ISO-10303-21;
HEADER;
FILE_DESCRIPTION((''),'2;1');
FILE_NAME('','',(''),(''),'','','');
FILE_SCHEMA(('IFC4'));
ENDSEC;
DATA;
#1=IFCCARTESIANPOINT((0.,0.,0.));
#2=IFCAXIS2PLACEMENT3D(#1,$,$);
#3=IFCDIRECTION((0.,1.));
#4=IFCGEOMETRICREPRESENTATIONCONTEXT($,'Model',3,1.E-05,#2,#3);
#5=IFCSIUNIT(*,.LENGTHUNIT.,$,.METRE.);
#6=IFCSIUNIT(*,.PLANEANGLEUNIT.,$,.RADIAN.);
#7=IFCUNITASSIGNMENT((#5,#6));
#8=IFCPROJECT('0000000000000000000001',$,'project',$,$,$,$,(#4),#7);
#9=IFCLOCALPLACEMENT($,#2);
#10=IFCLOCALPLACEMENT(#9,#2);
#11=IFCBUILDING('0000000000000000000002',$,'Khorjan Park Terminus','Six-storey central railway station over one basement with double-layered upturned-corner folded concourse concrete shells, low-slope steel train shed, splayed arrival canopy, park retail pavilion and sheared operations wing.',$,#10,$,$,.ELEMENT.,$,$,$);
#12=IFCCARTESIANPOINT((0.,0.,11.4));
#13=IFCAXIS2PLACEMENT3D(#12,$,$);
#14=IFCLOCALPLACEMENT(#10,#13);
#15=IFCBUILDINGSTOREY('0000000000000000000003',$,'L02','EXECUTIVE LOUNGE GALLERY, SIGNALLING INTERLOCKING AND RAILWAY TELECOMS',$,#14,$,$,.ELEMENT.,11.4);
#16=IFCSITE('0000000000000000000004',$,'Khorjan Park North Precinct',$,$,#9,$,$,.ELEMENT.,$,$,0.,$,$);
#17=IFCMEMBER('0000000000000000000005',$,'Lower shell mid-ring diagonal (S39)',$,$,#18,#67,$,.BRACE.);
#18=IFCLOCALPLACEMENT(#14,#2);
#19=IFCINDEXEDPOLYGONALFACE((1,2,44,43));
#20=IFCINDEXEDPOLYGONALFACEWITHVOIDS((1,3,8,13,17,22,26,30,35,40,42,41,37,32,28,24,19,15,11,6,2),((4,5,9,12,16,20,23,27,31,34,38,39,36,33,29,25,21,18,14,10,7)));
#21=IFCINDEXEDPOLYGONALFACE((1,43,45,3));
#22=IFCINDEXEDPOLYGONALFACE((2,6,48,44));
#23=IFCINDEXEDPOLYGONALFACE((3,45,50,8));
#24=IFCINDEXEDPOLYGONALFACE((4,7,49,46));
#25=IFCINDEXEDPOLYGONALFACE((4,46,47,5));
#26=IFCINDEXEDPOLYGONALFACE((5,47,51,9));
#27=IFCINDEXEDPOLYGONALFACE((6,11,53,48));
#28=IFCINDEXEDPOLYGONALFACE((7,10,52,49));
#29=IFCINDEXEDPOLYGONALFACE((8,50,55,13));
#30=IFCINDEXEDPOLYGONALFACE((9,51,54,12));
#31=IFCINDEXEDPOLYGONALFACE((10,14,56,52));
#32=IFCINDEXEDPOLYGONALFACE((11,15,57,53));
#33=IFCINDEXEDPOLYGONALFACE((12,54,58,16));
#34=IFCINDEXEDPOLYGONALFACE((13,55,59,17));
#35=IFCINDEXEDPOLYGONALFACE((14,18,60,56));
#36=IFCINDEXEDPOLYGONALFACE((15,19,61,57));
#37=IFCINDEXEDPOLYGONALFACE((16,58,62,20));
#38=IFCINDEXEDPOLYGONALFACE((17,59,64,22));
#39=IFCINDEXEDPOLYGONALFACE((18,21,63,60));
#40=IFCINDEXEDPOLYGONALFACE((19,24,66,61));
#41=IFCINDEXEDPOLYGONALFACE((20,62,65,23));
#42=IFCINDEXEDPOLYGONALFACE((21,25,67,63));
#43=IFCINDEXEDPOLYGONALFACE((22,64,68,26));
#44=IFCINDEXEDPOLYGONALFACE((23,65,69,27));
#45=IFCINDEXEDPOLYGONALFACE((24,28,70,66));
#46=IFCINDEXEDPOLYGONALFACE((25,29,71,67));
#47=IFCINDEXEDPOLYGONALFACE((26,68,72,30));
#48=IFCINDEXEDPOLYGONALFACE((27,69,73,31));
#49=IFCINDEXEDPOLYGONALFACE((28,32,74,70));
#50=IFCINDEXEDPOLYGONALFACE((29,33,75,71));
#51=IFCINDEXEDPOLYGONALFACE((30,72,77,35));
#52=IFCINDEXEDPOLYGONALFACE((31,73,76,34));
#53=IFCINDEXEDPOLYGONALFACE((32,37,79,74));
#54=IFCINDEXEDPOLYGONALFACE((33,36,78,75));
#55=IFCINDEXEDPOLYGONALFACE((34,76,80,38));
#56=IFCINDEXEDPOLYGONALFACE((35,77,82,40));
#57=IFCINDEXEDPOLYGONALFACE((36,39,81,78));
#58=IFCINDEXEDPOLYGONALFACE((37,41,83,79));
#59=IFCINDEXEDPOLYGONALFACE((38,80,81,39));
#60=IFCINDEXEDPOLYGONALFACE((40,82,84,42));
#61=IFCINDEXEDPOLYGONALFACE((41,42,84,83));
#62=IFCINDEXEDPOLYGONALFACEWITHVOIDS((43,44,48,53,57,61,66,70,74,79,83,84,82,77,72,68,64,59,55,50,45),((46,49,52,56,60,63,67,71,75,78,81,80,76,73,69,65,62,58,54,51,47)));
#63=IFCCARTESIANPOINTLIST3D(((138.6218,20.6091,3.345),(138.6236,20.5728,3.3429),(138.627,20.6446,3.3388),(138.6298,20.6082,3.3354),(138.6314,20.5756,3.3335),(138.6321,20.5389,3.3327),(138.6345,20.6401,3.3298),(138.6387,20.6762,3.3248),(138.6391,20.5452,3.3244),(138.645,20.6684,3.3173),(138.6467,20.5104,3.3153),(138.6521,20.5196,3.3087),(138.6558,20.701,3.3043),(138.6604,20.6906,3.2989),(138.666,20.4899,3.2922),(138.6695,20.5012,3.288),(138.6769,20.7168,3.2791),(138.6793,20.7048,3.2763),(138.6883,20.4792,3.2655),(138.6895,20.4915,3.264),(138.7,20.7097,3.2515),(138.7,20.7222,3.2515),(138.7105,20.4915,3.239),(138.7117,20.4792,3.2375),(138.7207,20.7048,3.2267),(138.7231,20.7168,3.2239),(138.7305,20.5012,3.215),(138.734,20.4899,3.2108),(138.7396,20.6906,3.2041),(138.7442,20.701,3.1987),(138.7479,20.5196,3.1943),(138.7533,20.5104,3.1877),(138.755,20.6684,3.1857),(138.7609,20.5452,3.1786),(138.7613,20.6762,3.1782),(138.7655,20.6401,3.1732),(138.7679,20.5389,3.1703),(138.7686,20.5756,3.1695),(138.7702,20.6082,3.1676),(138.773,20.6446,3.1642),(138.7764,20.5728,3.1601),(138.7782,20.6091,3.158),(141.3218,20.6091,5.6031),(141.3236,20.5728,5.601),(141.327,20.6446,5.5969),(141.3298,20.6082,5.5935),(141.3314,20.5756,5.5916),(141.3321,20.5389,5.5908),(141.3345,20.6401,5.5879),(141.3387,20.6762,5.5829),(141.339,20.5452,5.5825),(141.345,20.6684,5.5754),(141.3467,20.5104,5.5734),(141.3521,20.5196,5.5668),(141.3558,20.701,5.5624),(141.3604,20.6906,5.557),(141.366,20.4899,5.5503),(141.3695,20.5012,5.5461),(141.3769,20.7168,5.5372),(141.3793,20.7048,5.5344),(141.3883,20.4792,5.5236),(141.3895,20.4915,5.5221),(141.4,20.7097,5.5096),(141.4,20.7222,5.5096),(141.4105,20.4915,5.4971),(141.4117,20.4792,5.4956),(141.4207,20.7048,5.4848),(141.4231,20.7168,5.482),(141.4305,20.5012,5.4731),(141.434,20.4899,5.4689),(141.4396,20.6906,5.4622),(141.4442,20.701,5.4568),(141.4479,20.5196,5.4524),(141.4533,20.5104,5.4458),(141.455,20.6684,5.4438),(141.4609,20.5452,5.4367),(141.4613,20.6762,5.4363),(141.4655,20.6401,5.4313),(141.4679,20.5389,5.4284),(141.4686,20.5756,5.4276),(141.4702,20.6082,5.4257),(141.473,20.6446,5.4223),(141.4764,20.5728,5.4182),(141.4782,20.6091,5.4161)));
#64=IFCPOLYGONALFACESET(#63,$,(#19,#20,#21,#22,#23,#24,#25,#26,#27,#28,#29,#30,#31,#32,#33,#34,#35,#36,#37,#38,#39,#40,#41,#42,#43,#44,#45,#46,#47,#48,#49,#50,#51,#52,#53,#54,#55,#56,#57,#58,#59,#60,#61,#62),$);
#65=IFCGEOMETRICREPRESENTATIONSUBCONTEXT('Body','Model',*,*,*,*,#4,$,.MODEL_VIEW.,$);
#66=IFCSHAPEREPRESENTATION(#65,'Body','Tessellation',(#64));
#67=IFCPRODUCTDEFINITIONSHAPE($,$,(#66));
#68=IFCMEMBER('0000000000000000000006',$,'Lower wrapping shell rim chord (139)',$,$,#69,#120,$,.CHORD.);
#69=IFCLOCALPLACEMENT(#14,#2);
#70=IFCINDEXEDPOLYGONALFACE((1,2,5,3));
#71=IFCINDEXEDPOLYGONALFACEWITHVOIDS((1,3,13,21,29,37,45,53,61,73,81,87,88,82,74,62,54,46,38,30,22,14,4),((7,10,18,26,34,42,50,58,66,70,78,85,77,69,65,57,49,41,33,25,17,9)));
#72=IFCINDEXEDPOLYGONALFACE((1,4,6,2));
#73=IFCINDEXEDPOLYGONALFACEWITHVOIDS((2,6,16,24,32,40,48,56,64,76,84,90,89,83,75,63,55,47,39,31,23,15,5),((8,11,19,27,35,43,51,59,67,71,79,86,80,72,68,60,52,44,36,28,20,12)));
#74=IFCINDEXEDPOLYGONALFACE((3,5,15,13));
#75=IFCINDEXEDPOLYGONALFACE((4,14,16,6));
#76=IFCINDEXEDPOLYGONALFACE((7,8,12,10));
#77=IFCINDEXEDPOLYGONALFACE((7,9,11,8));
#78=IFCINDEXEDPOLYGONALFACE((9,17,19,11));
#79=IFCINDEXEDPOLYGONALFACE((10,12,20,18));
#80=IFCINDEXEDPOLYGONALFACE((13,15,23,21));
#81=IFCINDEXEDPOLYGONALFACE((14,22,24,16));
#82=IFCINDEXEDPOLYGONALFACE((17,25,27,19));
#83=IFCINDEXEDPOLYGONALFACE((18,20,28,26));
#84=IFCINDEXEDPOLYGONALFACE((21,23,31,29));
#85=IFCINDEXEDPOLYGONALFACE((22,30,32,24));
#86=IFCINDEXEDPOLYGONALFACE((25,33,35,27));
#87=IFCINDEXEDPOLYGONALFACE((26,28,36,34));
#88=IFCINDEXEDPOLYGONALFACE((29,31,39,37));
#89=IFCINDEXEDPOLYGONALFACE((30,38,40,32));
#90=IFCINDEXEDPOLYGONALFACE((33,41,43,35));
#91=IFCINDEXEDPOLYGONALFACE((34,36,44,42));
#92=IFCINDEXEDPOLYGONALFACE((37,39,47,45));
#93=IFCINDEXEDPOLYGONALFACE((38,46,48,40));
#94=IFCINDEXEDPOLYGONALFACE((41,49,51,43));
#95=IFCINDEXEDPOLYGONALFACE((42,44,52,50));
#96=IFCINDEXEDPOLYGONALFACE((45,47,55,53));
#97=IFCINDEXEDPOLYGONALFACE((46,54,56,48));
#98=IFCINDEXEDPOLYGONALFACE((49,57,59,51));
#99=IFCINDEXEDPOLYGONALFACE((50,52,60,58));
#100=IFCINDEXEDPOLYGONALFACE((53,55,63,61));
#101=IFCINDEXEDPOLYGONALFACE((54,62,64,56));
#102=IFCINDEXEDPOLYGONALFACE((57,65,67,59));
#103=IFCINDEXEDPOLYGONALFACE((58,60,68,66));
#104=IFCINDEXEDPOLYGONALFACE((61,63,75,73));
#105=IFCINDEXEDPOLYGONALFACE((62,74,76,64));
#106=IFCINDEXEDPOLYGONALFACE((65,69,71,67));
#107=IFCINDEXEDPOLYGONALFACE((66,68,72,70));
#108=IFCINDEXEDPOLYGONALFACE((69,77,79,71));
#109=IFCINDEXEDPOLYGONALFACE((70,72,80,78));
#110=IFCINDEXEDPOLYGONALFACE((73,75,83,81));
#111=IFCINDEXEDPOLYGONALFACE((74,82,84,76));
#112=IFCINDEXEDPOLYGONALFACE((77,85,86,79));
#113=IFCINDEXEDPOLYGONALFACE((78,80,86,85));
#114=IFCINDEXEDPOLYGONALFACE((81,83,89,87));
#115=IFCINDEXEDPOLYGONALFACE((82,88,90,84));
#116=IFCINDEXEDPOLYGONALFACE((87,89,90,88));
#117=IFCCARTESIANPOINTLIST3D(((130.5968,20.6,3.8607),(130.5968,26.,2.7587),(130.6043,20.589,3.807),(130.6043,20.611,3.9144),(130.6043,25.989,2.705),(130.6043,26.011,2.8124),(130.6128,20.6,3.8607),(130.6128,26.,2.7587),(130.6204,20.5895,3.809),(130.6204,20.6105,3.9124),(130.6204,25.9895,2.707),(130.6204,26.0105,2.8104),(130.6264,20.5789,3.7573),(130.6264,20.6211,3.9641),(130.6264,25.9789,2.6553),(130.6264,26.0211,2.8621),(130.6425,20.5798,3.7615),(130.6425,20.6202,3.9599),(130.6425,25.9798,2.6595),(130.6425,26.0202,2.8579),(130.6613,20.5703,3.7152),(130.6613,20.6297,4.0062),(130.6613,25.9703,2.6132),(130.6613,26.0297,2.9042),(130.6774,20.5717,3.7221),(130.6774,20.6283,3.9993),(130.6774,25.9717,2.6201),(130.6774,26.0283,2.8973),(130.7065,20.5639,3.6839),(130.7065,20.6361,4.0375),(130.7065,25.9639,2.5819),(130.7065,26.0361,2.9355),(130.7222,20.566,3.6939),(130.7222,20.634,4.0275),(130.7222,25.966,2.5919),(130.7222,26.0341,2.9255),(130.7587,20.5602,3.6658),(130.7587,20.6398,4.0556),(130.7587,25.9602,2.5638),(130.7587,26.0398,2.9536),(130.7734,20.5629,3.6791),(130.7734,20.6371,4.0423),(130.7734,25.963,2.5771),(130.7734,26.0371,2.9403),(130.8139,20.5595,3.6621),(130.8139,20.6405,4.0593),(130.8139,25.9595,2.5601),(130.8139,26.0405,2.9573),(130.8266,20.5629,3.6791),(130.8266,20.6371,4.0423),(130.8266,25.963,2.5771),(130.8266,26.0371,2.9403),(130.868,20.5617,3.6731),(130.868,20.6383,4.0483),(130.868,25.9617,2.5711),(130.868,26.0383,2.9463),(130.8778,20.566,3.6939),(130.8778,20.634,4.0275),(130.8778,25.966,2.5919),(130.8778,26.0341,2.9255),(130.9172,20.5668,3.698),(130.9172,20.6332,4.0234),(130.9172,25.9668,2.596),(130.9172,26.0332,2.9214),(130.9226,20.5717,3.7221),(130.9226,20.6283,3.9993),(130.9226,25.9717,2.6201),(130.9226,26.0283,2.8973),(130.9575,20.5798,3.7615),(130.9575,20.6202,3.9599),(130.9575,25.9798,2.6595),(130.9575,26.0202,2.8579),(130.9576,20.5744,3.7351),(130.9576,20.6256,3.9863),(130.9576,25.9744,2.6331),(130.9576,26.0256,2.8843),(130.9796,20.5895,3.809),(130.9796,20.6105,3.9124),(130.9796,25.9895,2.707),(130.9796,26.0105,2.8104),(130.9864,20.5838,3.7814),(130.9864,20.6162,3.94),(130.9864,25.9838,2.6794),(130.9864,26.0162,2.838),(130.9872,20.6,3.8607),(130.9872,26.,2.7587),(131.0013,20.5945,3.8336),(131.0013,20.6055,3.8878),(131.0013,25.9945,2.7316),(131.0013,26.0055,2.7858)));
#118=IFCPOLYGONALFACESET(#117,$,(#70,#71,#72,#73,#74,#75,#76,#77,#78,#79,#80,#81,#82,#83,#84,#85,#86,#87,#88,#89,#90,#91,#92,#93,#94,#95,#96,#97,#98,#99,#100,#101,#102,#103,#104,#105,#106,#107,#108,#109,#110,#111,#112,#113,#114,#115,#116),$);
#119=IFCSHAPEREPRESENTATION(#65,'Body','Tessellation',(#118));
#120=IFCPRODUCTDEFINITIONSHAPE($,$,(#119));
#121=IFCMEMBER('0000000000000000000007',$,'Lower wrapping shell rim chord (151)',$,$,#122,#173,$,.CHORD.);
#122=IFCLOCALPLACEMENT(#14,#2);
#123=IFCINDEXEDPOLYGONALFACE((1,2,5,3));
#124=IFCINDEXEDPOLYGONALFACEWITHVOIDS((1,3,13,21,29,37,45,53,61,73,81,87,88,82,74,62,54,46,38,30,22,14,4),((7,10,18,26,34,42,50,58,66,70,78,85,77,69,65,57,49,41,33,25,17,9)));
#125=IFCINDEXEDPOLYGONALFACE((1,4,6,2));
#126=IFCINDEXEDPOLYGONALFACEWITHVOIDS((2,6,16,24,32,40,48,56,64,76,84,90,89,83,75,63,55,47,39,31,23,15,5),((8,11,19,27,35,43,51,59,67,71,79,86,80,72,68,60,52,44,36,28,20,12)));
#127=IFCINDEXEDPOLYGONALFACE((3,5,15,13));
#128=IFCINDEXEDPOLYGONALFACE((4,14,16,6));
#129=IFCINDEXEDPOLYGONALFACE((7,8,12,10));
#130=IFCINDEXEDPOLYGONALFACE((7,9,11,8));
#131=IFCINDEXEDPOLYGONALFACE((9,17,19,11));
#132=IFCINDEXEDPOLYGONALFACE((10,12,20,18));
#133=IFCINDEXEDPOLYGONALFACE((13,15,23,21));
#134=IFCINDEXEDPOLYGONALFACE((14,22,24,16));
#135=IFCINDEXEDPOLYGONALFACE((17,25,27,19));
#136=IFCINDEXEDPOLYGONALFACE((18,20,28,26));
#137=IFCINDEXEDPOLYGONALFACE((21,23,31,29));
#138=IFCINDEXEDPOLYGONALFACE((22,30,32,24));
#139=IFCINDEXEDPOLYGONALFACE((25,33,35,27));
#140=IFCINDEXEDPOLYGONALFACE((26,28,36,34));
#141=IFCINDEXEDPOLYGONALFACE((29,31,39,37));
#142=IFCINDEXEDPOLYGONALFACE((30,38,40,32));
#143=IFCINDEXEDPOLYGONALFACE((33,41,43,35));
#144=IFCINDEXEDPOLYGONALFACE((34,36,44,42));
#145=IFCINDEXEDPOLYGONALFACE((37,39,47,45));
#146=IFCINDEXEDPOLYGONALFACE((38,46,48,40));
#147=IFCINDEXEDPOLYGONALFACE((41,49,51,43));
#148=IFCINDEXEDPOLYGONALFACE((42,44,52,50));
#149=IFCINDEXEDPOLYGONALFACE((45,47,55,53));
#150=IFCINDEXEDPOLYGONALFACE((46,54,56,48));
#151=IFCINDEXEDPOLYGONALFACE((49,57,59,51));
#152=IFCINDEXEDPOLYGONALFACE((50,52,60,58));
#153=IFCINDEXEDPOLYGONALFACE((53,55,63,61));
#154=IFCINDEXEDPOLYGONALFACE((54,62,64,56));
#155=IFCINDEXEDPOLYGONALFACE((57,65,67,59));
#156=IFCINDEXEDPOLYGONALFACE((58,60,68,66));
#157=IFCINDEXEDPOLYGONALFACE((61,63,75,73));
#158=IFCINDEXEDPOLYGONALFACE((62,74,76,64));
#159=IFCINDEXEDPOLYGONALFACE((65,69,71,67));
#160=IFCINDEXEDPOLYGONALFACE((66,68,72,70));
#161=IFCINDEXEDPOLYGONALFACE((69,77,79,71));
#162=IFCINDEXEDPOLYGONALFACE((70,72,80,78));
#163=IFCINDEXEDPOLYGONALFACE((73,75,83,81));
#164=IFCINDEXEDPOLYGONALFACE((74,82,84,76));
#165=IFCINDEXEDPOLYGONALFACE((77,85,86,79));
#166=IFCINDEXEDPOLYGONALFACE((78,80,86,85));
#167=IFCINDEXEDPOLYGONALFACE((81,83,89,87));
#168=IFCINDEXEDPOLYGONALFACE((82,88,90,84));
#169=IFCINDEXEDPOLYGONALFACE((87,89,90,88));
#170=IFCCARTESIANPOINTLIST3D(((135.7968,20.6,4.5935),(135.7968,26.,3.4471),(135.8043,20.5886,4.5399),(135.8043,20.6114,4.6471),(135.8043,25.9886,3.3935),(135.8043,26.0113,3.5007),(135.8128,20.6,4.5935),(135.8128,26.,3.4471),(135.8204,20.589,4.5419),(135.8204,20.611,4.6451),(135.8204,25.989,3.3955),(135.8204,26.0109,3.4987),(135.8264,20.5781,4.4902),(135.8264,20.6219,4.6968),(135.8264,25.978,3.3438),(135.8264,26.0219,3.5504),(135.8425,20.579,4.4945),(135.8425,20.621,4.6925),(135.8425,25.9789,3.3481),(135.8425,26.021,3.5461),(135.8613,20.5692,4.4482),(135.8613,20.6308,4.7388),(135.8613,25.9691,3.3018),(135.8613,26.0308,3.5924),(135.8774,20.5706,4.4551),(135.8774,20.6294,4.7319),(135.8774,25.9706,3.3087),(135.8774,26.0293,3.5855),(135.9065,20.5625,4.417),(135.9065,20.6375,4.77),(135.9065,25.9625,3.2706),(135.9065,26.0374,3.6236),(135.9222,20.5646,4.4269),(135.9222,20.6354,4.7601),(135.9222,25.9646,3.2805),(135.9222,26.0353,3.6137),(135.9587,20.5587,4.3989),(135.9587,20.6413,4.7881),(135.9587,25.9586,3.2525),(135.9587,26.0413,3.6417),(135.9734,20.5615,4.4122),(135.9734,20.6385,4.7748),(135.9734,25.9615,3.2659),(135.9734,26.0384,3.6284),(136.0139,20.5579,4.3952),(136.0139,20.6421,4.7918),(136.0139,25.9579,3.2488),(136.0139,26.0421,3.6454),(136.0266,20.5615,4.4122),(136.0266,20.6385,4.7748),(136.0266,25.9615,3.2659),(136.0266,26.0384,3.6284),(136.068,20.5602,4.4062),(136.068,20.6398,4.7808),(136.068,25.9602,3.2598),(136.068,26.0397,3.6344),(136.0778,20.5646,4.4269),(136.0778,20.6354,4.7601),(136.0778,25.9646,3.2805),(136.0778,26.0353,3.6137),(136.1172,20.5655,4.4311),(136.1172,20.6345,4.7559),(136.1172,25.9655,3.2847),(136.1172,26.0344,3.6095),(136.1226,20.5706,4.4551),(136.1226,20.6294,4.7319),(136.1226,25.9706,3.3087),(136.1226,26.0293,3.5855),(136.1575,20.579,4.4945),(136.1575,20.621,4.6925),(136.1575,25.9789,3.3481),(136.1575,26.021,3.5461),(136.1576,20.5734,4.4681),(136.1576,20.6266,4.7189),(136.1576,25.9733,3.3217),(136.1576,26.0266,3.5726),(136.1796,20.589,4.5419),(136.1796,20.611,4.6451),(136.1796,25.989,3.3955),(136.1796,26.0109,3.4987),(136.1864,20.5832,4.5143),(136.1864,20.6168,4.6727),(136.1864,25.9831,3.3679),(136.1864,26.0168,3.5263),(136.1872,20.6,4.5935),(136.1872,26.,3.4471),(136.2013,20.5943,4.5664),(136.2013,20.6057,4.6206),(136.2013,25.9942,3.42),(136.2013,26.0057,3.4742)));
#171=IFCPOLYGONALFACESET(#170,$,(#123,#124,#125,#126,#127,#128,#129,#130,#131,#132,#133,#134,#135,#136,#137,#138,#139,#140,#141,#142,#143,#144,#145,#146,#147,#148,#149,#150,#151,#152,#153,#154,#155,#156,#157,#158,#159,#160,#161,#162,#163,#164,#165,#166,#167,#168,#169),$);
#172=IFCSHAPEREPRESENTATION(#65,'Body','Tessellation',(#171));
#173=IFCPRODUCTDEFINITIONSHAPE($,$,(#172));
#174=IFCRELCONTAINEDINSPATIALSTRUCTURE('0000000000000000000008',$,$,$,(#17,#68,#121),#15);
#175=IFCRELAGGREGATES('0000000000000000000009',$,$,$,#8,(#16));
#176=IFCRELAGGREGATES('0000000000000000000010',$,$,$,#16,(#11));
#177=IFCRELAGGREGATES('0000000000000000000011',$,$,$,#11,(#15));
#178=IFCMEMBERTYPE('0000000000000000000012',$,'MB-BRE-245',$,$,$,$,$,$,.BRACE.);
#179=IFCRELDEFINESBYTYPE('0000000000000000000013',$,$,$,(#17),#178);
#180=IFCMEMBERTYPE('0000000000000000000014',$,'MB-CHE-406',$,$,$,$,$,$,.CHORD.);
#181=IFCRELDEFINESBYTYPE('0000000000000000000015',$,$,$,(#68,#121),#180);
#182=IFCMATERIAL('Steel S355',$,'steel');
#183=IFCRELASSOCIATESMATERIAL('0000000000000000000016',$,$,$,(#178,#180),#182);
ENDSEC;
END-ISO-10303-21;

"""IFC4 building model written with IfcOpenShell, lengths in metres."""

from ifc_helpers import new_model, si_unit, direction, frame, origin, origin_2d, place, context, subcontext, project, spatial, hollow_circle, extrude, material, material_profile, profile_set, type_object, element, save


model = new_model("IFC4")

# Units and contexts
model_context = context("Model", 3, precision=1e-05, world=origin(), true_north=direction((0.0, 1.0)))
body_context = subcontext(model_context, "Body", "Model", "MODEL_VIEW")
ifc_project = project(units=[si_unit("LENGTHUNIT", "METRE"), si_unit("PLANEANGLEUNIT", "RADIAN")], contexts=[model_context])

# Site, building, storey
site_placement = place(None, origin())
site = spatial("IfcSite", under=ifc_project, at=site_placement, Name="Khorjan Park North Precinct", CompositionType="ELEMENT", RefElevation=0.0)
building_placement = place(site_placement, origin())
building = spatial("IfcBuilding", under=site, at=building_placement, Name="Khorjan Park Terminus", Description="Six-storey central railway station over one basement with double-layered upturned-corner folded concourse concrete shells, low-slope steel train shed, splayed arrival canopy, park retail pavilion and sheared operations wing.", CompositionType="ELEMENT")
storey_placement = place(building_placement, frame((0.0, 0.0, 11.4)))
storey = spatial("IfcBuildingStorey", under=building, at=storey_placement, Name="L02", Description="EXECUTIVE LOUNGE GALLERY, SIGNALLING INTERLOCKING AND RAILWAY TELECOMS", CompositionType="ELEMENT", Elevation=11.4)

# Members
ifc_material_1 = material(Name="Steel S355", Category="steel")
ifc_material_profile_1 = material_profile(ifc_material_1, hollow_circle(Radius=0.1222, WallThickness=0.0125, at=origin_2d()), Name="CHS 244.5x12.5")
ifc_profile_set_1 = profile_set([ifc_material_profile_1], Name="Steel S355")
member_type_1 = type_object("IfcMemberType", Name="MB-BRE-245", PredefinedType="BRACE", material=ifc_profile_set_1)
member_1_placement = place(storey_placement, frame((138.7, 20.6, 3.2515), z_axis=(0.767088, 0.0, 0.641542), x_axis=(0.0, 1.0, 0.0)))
element("IfcMember", 1, at=member_1_placement, inside=storey, type_object=member_type_1, Name="Lower shell mid-ring diagonal (S39)", PredefinedType="BRACE", context=body_context, shape_type="SweptSolid", body=[
    extrude(hollow_circle(Radius=0.1222, WallThickness=0.0125, at=origin_2d()), origin(), (0.0, 0.0, 1.0), 3.5198),
])
ifc_material_profile_2 = material_profile(ifc_material_1, hollow_circle(Radius=0.2032, WallThickness=0.016, at=origin_2d()), Name="CHS 406.4x16")
ifc_profile_set_2 = profile_set([ifc_material_profile_2], Name="Steel S355")
member_type_2 = type_object("IfcMemberType", Name="MB-CHE-406", PredefinedType="CHORD", material=ifc_profile_set_2)
member_2_placement = place(storey_placement, frame((130.8, 20.6, 3.8607), z_axis=(0.0, 0.979806, -0.199953), x_axis=(-1.0, 0.0, 0.0)))
element("IfcMember", 2, at=member_2_placement, inside=storey, type_object=member_type_2, Name="Lower wrapping shell rim chord (139)", PredefinedType="CHORD", context=body_context, shape_type="SweptSolid", body=[
    extrude(hollow_circle(Radius=0.2032, WallThickness=0.016, at=origin_2d()), origin(), (0.0, 0.0, 1.0), 5.5113),
])
member_3_placement = place(storey_placement, frame((136.0, 20.6, 4.5935), z_axis=(0.0, 0.978199, -0.207668), x_axis=(-1.0, 0.0, 0.0)))
element("IfcMember", 3, at=member_3_placement, inside=storey, type_object=member_type_2, Name="Lower wrapping shell rim chord (151)", PredefinedType="CHORD", context=body_context, shape_type="SweptSolid", body=[
    extrude(hollow_circle(Radius=0.2032, WallThickness=0.016, at=origin_2d()), origin(), (0.0, 0.0, 1.0), 5.5203),
])

save(model, "model.ifc")
